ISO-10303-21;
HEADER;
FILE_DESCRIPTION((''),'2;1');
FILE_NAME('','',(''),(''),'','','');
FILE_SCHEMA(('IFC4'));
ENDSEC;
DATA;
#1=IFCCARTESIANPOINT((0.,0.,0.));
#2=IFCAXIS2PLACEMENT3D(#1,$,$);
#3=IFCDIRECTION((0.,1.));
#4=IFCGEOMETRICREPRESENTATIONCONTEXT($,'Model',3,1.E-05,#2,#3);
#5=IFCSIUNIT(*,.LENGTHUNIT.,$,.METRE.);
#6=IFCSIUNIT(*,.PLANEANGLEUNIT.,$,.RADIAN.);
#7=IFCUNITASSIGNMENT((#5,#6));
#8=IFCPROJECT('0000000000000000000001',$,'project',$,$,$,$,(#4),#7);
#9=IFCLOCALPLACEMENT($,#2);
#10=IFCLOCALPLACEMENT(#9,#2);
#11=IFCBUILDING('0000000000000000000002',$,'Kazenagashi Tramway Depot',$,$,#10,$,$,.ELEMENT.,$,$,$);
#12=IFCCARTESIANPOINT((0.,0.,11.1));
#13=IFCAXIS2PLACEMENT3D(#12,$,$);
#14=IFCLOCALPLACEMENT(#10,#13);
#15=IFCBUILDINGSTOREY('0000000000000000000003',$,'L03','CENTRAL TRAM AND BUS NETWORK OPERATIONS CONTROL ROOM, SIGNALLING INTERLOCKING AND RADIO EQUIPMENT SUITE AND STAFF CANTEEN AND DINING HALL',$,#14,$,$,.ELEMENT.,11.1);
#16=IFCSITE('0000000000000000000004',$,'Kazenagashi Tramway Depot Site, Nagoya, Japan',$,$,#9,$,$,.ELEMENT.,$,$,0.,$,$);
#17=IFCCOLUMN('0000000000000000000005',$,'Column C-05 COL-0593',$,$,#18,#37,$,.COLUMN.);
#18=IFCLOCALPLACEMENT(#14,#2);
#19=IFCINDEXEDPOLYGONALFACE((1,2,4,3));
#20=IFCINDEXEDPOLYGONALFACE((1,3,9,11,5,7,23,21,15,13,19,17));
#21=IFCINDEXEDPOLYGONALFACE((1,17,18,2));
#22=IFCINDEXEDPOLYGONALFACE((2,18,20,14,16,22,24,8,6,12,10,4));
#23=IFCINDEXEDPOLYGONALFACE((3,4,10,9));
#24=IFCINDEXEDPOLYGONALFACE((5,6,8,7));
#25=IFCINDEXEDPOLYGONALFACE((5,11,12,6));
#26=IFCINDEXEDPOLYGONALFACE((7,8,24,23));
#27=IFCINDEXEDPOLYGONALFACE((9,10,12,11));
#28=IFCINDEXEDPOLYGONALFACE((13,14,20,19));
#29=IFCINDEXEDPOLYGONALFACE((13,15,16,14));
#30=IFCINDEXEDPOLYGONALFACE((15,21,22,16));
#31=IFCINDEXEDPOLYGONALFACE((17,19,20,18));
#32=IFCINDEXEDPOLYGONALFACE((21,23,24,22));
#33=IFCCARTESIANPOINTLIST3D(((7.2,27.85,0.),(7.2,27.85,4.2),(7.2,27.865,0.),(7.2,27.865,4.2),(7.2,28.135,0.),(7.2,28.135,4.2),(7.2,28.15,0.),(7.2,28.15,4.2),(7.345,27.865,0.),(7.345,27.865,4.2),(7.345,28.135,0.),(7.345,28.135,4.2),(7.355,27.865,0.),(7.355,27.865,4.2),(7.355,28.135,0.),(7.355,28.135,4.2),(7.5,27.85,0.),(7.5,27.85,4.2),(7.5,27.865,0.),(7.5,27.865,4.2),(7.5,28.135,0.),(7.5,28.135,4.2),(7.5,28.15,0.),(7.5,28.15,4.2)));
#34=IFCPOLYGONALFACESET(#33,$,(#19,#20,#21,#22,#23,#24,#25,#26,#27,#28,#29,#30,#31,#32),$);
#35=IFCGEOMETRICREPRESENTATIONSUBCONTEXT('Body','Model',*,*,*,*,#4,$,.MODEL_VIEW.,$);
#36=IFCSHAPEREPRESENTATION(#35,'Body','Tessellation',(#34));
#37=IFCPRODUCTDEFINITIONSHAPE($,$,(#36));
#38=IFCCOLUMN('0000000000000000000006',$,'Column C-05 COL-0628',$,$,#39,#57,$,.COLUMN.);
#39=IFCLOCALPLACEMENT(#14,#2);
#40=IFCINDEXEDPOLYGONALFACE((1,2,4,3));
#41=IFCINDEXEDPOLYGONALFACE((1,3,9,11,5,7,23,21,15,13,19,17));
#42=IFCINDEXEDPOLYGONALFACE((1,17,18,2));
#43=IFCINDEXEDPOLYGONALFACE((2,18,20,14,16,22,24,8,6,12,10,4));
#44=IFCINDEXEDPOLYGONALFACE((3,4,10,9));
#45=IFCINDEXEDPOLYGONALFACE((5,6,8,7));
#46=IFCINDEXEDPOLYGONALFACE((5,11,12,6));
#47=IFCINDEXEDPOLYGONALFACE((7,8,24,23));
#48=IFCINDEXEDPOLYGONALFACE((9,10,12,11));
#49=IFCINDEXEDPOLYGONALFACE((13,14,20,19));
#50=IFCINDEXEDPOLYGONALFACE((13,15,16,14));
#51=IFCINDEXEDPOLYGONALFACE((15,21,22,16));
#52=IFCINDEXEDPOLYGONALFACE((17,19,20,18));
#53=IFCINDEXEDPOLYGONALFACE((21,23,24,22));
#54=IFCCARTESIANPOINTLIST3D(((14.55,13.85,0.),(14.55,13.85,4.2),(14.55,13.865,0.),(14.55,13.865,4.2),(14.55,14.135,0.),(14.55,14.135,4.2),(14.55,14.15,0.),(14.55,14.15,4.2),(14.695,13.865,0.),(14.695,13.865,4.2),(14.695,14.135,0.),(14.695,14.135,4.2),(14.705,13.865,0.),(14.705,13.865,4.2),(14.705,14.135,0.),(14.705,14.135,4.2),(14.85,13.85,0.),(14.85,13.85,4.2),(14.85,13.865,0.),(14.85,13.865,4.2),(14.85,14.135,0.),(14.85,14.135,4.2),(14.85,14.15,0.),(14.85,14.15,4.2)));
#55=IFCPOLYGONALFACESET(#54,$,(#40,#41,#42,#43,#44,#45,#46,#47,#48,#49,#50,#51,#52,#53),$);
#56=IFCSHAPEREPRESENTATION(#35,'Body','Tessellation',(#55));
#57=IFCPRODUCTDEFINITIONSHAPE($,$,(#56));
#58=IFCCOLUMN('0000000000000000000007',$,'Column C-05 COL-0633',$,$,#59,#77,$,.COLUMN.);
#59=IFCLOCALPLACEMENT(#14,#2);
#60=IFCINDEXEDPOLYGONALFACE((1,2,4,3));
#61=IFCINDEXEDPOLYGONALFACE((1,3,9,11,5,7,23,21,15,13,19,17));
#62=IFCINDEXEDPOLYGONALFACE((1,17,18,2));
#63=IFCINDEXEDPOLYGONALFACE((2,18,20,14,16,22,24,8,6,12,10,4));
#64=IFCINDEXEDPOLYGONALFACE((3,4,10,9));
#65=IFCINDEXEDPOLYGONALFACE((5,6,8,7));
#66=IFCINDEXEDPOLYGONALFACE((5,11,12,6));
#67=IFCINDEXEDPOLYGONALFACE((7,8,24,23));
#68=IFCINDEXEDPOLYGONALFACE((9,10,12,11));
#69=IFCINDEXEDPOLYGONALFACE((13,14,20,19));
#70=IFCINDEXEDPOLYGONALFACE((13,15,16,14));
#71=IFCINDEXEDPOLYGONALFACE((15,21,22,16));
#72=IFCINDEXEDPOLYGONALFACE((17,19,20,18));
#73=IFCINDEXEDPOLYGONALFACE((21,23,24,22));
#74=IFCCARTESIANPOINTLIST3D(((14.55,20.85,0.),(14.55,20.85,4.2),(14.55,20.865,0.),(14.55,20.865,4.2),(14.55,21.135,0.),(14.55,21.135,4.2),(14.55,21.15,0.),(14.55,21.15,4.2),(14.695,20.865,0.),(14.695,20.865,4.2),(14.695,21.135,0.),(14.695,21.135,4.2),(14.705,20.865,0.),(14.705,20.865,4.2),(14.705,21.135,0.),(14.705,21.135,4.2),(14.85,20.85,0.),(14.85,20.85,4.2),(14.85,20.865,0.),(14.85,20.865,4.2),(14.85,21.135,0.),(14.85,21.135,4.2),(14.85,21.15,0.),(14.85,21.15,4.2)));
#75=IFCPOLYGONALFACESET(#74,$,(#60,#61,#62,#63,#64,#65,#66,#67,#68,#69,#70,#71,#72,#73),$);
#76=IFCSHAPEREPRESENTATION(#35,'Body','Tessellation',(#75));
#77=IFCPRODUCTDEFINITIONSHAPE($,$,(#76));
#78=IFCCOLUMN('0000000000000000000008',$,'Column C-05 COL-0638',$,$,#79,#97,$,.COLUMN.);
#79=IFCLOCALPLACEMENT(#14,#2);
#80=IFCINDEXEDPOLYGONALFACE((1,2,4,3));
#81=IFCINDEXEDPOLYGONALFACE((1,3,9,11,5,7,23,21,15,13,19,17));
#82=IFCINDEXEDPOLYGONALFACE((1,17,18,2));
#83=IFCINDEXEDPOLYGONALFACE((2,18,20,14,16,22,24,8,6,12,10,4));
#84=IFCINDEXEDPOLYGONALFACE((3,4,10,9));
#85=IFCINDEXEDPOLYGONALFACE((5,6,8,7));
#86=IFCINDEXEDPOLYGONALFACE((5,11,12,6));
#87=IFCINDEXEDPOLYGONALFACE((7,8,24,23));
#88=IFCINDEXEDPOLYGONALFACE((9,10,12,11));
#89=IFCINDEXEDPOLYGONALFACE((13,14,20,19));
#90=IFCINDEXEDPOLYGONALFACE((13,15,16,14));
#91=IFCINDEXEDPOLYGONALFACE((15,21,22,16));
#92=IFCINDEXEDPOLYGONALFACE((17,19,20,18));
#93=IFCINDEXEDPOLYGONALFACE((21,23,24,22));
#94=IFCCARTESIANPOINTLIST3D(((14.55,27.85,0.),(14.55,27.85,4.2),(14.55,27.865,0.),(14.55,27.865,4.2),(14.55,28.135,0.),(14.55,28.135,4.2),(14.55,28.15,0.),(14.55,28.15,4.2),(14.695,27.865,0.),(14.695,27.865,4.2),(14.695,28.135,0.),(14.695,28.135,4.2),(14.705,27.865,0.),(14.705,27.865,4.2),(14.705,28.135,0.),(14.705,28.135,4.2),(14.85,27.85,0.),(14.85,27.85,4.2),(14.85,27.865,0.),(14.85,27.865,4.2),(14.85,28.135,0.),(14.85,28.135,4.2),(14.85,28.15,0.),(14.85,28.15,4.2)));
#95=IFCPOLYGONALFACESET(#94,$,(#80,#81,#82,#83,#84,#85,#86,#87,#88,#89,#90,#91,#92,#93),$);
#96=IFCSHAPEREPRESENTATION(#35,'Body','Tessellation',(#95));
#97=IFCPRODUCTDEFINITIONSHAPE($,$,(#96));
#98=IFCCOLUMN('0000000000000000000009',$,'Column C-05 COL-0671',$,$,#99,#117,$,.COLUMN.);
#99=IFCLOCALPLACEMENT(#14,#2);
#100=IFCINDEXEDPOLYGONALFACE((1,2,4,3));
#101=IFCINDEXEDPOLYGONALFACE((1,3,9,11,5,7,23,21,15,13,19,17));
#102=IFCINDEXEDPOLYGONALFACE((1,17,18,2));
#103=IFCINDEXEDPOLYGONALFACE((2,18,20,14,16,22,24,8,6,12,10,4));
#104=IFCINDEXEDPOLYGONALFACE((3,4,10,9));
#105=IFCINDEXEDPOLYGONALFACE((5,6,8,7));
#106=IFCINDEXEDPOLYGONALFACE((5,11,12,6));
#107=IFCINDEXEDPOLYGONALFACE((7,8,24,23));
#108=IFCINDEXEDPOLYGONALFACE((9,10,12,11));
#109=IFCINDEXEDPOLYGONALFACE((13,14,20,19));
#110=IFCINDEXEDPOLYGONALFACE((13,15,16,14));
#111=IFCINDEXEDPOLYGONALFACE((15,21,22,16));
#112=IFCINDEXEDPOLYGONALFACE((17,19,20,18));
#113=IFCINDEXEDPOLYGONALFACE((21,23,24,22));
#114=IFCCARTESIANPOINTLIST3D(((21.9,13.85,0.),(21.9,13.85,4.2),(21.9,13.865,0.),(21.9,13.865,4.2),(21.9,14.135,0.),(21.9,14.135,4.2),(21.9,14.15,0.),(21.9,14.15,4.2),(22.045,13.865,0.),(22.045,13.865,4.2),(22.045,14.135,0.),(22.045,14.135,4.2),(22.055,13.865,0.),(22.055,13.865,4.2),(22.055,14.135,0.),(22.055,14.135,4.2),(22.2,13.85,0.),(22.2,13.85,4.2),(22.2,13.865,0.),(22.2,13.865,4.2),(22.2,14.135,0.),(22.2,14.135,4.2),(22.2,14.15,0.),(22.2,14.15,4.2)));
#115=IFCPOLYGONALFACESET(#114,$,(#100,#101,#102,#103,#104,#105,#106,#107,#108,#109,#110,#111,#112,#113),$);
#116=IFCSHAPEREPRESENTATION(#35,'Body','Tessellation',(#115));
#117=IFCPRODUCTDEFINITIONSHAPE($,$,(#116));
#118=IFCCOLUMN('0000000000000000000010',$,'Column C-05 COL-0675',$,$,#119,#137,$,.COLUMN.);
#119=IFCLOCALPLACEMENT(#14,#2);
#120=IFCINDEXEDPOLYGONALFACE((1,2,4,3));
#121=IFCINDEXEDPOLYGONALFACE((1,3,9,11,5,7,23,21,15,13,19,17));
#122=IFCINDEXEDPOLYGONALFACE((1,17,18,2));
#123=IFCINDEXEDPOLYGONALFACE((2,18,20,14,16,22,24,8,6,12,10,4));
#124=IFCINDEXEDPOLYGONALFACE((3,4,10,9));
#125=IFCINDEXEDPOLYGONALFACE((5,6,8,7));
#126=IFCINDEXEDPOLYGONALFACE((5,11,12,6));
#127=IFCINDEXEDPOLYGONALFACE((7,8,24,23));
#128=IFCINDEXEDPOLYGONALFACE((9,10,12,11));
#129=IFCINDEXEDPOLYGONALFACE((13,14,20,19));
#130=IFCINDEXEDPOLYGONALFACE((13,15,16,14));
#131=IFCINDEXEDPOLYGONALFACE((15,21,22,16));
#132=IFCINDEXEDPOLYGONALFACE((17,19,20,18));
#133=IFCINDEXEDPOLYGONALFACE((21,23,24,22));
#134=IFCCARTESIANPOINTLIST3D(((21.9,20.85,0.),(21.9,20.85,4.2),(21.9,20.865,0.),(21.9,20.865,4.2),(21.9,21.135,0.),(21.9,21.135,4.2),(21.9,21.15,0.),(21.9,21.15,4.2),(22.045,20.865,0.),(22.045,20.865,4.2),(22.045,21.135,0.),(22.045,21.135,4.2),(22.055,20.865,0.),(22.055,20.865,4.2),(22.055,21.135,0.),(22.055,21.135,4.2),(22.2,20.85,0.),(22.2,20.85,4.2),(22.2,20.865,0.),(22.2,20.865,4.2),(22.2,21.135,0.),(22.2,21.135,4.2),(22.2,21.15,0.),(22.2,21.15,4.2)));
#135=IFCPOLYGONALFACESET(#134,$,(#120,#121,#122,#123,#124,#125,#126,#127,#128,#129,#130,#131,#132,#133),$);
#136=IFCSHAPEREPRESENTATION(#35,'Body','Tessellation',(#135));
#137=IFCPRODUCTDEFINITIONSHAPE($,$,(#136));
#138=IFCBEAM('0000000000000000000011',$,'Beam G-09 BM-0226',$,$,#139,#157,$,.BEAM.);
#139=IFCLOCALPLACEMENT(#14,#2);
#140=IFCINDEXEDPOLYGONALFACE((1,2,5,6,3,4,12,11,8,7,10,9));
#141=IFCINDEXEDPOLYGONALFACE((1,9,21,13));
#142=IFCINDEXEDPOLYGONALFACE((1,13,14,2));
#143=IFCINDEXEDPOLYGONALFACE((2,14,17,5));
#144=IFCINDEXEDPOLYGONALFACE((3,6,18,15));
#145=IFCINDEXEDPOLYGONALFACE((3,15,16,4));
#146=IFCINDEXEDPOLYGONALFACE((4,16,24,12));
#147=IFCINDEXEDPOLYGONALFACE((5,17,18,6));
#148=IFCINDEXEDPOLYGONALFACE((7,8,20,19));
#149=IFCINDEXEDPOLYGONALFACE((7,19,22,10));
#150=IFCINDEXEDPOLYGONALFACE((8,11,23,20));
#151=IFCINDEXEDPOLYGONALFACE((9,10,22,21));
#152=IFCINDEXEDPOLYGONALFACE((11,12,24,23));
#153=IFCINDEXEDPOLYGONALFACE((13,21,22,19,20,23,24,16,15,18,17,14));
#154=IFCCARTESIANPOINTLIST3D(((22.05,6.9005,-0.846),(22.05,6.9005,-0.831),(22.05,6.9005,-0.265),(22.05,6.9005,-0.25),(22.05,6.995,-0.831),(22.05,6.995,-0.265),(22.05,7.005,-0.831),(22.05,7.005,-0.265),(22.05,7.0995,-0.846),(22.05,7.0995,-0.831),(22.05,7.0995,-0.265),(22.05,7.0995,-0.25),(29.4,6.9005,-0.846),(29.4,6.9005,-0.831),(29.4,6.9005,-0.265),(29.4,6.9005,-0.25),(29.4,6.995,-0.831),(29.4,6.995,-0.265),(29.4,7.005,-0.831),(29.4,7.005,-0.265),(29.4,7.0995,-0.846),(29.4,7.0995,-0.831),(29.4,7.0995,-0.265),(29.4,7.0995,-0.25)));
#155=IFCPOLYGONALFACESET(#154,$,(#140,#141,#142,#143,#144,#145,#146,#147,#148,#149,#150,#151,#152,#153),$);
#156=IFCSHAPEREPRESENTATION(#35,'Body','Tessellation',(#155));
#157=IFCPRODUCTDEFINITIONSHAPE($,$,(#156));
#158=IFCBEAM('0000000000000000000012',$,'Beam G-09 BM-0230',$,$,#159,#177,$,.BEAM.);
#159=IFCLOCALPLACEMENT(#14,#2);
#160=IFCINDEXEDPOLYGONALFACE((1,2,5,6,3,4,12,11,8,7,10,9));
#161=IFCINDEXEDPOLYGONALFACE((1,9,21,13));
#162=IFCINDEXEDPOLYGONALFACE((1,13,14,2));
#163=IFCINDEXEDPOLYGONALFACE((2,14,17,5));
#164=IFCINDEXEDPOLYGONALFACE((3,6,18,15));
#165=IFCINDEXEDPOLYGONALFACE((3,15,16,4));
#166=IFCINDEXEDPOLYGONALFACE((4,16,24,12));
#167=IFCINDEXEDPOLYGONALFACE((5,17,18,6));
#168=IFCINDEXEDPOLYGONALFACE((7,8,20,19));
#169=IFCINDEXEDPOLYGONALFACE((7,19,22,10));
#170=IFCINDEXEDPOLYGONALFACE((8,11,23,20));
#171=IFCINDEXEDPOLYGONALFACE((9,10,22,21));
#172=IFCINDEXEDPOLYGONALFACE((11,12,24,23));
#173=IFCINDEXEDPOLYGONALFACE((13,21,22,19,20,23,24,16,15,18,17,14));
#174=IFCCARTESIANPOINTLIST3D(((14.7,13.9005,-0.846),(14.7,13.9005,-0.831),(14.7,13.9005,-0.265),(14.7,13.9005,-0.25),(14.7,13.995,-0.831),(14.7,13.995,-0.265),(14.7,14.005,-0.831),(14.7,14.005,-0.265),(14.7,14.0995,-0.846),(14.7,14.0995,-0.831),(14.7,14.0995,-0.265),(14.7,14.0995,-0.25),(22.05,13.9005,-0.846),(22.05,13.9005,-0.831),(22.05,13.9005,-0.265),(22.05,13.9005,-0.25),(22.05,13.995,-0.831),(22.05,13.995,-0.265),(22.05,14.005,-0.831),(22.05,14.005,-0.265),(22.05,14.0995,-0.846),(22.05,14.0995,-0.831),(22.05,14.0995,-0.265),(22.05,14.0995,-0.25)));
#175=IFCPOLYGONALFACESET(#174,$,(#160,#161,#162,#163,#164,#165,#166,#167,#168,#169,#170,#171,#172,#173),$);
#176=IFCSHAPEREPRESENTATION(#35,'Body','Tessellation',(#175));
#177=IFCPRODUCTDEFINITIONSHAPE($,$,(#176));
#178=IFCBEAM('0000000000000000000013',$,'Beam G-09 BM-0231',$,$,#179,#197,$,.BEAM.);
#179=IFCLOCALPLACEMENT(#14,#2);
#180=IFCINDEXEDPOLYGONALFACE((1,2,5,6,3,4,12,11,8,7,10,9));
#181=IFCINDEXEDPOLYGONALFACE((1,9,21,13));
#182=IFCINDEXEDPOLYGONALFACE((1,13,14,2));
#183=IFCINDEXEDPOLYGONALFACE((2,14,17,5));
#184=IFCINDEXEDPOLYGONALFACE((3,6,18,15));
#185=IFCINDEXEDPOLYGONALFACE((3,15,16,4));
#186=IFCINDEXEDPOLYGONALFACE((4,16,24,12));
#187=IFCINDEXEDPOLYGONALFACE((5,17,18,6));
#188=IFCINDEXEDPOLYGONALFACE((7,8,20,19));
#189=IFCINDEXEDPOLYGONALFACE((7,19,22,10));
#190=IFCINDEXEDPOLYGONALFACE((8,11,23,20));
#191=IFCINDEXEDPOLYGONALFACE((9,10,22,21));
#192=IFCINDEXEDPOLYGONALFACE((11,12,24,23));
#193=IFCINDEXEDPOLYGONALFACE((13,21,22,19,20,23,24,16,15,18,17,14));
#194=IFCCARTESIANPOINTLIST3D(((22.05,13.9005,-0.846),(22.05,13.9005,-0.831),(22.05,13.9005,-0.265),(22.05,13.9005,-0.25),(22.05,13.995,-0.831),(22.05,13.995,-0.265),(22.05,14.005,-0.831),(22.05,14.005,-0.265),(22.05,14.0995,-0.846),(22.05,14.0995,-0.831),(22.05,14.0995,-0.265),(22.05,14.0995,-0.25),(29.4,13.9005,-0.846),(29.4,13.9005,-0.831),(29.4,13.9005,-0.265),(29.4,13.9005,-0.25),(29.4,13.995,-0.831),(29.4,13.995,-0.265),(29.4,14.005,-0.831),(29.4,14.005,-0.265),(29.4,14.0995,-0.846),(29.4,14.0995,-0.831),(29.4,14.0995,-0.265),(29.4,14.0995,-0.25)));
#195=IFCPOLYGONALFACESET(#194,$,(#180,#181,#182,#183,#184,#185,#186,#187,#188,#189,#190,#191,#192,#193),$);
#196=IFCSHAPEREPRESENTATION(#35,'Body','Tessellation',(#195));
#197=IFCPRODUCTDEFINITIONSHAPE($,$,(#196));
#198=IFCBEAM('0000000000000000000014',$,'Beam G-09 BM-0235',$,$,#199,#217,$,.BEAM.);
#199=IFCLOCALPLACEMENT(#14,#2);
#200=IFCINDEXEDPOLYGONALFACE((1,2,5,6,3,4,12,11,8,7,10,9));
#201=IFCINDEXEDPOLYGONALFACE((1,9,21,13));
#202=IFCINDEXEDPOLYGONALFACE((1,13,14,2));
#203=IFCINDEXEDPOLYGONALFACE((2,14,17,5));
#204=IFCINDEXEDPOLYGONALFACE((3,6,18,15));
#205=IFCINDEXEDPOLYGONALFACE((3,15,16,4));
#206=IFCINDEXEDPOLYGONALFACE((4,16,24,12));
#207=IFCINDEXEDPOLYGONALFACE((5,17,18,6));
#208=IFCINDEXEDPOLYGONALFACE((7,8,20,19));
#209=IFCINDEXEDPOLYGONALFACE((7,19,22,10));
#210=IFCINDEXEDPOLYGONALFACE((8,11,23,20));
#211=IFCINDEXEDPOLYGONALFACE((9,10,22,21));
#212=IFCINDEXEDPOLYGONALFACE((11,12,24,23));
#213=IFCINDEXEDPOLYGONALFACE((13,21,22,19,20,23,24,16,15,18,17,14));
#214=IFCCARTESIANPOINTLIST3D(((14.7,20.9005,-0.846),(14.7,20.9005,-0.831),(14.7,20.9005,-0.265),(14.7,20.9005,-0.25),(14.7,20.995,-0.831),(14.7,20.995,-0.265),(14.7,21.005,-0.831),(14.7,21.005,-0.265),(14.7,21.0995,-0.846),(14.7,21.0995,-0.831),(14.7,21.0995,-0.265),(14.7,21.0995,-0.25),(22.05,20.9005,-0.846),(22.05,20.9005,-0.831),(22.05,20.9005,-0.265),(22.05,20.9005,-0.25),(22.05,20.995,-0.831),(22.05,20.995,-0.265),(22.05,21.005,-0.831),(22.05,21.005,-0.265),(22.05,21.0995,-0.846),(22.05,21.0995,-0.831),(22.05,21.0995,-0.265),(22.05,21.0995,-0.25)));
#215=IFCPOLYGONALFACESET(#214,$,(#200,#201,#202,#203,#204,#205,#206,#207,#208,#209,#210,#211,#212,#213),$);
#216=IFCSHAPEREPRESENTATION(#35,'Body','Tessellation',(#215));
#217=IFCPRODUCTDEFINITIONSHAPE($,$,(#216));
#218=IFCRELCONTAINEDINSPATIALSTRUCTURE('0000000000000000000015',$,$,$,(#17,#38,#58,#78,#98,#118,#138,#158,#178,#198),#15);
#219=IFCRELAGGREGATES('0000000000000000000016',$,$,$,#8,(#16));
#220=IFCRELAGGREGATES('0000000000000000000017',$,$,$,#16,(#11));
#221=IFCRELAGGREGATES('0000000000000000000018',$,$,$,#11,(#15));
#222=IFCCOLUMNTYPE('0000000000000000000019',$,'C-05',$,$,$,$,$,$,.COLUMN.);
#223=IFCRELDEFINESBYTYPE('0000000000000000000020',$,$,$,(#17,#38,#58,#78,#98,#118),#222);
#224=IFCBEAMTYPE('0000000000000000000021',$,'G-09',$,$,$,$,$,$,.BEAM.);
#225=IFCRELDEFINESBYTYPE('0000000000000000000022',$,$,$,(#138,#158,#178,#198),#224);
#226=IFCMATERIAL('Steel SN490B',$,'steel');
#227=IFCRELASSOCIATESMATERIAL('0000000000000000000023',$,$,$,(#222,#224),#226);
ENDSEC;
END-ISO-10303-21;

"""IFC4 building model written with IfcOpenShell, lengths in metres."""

from ifc_helpers import new_model, si_unit, direction, frame, origin, origin_2d, place, context, subcontext, project, spatial, i_section, extrude, material, material_profile, profile_set, type_object, element, save


model = new_model("IFC4")

# Units and contexts
model_context = context("Model", 3, precision=1e-05, world=origin(), true_north=direction((0.0, 1.0)))
body_context = subcontext(model_context, "Body", "Model", "MODEL_VIEW")
ifc_project = project(units=[si_unit("LENGTHUNIT", "METRE"), si_unit("PLANEANGLEUNIT", "RADIAN")], contexts=[model_context])

# Site, building, storey
site_placement = place(None, origin())
site = spatial("IfcSite", under=ifc_project, at=site_placement, Name="Kazenagashi Tramway Depot Site, Nagoya, Japan", CompositionType="ELEMENT", RefElevation=0.0)
building_placement = place(site_placement, origin())
building = spatial("IfcBuilding", under=site, at=building_placement, Name="Kazenagashi Tramway Depot", CompositionType="ELEMENT")
storey_placement = place(building_placement, frame((0.0, 0.0, 11.1)))
storey = spatial("IfcBuildingStorey", under=building, at=storey_placement, Name="L03", Description="CENTRAL TRAM AND BUS NETWORK OPERATIONS CONTROL ROOM, SIGNALLING INTERLOCKING AND RADIO EQUIPMENT SUITE AND STAFF CANTEEN AND DINING HALL", CompositionType="ELEMENT", Elevation=11.1)

# Columns
ifc_material_1 = material(Name="Steel SN490B", Category="steel")
ifc_material_profile_1 = material_profile(ifc_material_1, i_section(OverallWidth=0.3, OverallDepth=0.3, WebThickness=0.01, FlangeThickness=0.015, at=origin_2d()), Name="H-300x300x10x15")
ifc_profile_set_1 = profile_set([ifc_material_profile_1], Name="Steel SN490B")
column_type = type_object("IfcColumnType", Name="C-05", PredefinedType="COLUMN", material=ifc_profile_set_1)
for number, where, z_axis, x_axis, name in (
    (1, (7.35, 28.0, 0.0), (0.0, 0.0, 1.0), (1.0, 0.0, 0.0), "Column C-05 COL-0593"),
    (2, (14.7, 14.0, 0.0), (0.0, 0.0, 1.0), (1.0, 0.0, 0.0), "Column C-05 COL-0628"),
    (3, (14.7, 21.0, 0.0), (0.0, 0.0, 1.0), (1.0, 0.0, 0.0), "Column C-05 COL-0633"),
    (4, (14.7, 28.0, 0.0), (0.0, 0.0, 1.0), (1.0, 0.0, 0.0), "Column C-05 COL-0638"),
    (5, (22.05, 14.0, 0.0), (0.0, 0.0, 1.0), (1.0, 0.0, 0.0), "Column C-05 COL-0671"),
    (6, (22.05, 21.0, 0.0), (0.0, 0.0, 1.0), (1.0, 0.0, 0.0), "Column C-05 COL-0675"),
):
    element("IfcColumn", number, at=place(storey_placement, frame(where, z_axis=z_axis, x_axis=x_axis)), inside=storey, type_object=column_type, Name=name, PredefinedType="COLUMN", context=body_context, shape_type="SweptSolid", body=[
        extrude(i_section(OverallWidth=0.3, OverallDepth=0.3, WebThickness=0.01, FlangeThickness=0.015, at=origin_2d()), origin(), (0.0, 0.0, 1.0), 4.2),
    ])

# Beams
ifc_material_profile_2 = material_profile(ifc_material_1, i_section(OverallWidth=0.199, OverallDepth=0.596, WebThickness=0.01, FlangeThickness=0.015, at=origin_2d()), Name="H-596x199x10x15")
ifc_profile_set_2 = profile_set([ifc_material_profile_2], Name="Steel SN490B")
beam_type_1 = type_object("IfcBeamType", Name="G-09", PredefinedType="BEAM", material=ifc_profile_set_2)
for number, where, z_axis, x_axis, name in (
    (7, (22.05, 7.0, -0.548), (1.0, 0.0, 0.0), (0.0, 1.0, 0.0), "Beam G-09 BM-0226"),
    (8, (14.7, 14.0, -0.548), (1.0, 0.0, 0.0), (0.0, 1.0, 0.0), "Beam G-09 BM-0230"),
    (9, (22.05, 14.0, -0.548), (1.0, 0.0, 0.0), (0.0, 1.0, 0.0), "Beam G-09 BM-0231"),
    (10, (14.7, 21.0, -0.548), (1.0, 0.0, 0.0), (0.0, 1.0, 0.0), "Beam G-09 BM-0235"),
):
    element("IfcBeam", number, at=place(storey_placement, frame(where, z_axis=z_axis, x_axis=x_axis)), inside=storey, type_object=beam_type_1, Name=name, PredefinedType="BEAM", context=body_context, shape_type="SweptSolid", body=[
        extrude(i_section(OverallWidth=0.199, OverallDepth=0.596, WebThickness=0.01, FlangeThickness=0.015, at=origin_2d()), origin(), (0.0, 0.0, 1.0), 7.35),
    ])

save(model, "model.ifc")
